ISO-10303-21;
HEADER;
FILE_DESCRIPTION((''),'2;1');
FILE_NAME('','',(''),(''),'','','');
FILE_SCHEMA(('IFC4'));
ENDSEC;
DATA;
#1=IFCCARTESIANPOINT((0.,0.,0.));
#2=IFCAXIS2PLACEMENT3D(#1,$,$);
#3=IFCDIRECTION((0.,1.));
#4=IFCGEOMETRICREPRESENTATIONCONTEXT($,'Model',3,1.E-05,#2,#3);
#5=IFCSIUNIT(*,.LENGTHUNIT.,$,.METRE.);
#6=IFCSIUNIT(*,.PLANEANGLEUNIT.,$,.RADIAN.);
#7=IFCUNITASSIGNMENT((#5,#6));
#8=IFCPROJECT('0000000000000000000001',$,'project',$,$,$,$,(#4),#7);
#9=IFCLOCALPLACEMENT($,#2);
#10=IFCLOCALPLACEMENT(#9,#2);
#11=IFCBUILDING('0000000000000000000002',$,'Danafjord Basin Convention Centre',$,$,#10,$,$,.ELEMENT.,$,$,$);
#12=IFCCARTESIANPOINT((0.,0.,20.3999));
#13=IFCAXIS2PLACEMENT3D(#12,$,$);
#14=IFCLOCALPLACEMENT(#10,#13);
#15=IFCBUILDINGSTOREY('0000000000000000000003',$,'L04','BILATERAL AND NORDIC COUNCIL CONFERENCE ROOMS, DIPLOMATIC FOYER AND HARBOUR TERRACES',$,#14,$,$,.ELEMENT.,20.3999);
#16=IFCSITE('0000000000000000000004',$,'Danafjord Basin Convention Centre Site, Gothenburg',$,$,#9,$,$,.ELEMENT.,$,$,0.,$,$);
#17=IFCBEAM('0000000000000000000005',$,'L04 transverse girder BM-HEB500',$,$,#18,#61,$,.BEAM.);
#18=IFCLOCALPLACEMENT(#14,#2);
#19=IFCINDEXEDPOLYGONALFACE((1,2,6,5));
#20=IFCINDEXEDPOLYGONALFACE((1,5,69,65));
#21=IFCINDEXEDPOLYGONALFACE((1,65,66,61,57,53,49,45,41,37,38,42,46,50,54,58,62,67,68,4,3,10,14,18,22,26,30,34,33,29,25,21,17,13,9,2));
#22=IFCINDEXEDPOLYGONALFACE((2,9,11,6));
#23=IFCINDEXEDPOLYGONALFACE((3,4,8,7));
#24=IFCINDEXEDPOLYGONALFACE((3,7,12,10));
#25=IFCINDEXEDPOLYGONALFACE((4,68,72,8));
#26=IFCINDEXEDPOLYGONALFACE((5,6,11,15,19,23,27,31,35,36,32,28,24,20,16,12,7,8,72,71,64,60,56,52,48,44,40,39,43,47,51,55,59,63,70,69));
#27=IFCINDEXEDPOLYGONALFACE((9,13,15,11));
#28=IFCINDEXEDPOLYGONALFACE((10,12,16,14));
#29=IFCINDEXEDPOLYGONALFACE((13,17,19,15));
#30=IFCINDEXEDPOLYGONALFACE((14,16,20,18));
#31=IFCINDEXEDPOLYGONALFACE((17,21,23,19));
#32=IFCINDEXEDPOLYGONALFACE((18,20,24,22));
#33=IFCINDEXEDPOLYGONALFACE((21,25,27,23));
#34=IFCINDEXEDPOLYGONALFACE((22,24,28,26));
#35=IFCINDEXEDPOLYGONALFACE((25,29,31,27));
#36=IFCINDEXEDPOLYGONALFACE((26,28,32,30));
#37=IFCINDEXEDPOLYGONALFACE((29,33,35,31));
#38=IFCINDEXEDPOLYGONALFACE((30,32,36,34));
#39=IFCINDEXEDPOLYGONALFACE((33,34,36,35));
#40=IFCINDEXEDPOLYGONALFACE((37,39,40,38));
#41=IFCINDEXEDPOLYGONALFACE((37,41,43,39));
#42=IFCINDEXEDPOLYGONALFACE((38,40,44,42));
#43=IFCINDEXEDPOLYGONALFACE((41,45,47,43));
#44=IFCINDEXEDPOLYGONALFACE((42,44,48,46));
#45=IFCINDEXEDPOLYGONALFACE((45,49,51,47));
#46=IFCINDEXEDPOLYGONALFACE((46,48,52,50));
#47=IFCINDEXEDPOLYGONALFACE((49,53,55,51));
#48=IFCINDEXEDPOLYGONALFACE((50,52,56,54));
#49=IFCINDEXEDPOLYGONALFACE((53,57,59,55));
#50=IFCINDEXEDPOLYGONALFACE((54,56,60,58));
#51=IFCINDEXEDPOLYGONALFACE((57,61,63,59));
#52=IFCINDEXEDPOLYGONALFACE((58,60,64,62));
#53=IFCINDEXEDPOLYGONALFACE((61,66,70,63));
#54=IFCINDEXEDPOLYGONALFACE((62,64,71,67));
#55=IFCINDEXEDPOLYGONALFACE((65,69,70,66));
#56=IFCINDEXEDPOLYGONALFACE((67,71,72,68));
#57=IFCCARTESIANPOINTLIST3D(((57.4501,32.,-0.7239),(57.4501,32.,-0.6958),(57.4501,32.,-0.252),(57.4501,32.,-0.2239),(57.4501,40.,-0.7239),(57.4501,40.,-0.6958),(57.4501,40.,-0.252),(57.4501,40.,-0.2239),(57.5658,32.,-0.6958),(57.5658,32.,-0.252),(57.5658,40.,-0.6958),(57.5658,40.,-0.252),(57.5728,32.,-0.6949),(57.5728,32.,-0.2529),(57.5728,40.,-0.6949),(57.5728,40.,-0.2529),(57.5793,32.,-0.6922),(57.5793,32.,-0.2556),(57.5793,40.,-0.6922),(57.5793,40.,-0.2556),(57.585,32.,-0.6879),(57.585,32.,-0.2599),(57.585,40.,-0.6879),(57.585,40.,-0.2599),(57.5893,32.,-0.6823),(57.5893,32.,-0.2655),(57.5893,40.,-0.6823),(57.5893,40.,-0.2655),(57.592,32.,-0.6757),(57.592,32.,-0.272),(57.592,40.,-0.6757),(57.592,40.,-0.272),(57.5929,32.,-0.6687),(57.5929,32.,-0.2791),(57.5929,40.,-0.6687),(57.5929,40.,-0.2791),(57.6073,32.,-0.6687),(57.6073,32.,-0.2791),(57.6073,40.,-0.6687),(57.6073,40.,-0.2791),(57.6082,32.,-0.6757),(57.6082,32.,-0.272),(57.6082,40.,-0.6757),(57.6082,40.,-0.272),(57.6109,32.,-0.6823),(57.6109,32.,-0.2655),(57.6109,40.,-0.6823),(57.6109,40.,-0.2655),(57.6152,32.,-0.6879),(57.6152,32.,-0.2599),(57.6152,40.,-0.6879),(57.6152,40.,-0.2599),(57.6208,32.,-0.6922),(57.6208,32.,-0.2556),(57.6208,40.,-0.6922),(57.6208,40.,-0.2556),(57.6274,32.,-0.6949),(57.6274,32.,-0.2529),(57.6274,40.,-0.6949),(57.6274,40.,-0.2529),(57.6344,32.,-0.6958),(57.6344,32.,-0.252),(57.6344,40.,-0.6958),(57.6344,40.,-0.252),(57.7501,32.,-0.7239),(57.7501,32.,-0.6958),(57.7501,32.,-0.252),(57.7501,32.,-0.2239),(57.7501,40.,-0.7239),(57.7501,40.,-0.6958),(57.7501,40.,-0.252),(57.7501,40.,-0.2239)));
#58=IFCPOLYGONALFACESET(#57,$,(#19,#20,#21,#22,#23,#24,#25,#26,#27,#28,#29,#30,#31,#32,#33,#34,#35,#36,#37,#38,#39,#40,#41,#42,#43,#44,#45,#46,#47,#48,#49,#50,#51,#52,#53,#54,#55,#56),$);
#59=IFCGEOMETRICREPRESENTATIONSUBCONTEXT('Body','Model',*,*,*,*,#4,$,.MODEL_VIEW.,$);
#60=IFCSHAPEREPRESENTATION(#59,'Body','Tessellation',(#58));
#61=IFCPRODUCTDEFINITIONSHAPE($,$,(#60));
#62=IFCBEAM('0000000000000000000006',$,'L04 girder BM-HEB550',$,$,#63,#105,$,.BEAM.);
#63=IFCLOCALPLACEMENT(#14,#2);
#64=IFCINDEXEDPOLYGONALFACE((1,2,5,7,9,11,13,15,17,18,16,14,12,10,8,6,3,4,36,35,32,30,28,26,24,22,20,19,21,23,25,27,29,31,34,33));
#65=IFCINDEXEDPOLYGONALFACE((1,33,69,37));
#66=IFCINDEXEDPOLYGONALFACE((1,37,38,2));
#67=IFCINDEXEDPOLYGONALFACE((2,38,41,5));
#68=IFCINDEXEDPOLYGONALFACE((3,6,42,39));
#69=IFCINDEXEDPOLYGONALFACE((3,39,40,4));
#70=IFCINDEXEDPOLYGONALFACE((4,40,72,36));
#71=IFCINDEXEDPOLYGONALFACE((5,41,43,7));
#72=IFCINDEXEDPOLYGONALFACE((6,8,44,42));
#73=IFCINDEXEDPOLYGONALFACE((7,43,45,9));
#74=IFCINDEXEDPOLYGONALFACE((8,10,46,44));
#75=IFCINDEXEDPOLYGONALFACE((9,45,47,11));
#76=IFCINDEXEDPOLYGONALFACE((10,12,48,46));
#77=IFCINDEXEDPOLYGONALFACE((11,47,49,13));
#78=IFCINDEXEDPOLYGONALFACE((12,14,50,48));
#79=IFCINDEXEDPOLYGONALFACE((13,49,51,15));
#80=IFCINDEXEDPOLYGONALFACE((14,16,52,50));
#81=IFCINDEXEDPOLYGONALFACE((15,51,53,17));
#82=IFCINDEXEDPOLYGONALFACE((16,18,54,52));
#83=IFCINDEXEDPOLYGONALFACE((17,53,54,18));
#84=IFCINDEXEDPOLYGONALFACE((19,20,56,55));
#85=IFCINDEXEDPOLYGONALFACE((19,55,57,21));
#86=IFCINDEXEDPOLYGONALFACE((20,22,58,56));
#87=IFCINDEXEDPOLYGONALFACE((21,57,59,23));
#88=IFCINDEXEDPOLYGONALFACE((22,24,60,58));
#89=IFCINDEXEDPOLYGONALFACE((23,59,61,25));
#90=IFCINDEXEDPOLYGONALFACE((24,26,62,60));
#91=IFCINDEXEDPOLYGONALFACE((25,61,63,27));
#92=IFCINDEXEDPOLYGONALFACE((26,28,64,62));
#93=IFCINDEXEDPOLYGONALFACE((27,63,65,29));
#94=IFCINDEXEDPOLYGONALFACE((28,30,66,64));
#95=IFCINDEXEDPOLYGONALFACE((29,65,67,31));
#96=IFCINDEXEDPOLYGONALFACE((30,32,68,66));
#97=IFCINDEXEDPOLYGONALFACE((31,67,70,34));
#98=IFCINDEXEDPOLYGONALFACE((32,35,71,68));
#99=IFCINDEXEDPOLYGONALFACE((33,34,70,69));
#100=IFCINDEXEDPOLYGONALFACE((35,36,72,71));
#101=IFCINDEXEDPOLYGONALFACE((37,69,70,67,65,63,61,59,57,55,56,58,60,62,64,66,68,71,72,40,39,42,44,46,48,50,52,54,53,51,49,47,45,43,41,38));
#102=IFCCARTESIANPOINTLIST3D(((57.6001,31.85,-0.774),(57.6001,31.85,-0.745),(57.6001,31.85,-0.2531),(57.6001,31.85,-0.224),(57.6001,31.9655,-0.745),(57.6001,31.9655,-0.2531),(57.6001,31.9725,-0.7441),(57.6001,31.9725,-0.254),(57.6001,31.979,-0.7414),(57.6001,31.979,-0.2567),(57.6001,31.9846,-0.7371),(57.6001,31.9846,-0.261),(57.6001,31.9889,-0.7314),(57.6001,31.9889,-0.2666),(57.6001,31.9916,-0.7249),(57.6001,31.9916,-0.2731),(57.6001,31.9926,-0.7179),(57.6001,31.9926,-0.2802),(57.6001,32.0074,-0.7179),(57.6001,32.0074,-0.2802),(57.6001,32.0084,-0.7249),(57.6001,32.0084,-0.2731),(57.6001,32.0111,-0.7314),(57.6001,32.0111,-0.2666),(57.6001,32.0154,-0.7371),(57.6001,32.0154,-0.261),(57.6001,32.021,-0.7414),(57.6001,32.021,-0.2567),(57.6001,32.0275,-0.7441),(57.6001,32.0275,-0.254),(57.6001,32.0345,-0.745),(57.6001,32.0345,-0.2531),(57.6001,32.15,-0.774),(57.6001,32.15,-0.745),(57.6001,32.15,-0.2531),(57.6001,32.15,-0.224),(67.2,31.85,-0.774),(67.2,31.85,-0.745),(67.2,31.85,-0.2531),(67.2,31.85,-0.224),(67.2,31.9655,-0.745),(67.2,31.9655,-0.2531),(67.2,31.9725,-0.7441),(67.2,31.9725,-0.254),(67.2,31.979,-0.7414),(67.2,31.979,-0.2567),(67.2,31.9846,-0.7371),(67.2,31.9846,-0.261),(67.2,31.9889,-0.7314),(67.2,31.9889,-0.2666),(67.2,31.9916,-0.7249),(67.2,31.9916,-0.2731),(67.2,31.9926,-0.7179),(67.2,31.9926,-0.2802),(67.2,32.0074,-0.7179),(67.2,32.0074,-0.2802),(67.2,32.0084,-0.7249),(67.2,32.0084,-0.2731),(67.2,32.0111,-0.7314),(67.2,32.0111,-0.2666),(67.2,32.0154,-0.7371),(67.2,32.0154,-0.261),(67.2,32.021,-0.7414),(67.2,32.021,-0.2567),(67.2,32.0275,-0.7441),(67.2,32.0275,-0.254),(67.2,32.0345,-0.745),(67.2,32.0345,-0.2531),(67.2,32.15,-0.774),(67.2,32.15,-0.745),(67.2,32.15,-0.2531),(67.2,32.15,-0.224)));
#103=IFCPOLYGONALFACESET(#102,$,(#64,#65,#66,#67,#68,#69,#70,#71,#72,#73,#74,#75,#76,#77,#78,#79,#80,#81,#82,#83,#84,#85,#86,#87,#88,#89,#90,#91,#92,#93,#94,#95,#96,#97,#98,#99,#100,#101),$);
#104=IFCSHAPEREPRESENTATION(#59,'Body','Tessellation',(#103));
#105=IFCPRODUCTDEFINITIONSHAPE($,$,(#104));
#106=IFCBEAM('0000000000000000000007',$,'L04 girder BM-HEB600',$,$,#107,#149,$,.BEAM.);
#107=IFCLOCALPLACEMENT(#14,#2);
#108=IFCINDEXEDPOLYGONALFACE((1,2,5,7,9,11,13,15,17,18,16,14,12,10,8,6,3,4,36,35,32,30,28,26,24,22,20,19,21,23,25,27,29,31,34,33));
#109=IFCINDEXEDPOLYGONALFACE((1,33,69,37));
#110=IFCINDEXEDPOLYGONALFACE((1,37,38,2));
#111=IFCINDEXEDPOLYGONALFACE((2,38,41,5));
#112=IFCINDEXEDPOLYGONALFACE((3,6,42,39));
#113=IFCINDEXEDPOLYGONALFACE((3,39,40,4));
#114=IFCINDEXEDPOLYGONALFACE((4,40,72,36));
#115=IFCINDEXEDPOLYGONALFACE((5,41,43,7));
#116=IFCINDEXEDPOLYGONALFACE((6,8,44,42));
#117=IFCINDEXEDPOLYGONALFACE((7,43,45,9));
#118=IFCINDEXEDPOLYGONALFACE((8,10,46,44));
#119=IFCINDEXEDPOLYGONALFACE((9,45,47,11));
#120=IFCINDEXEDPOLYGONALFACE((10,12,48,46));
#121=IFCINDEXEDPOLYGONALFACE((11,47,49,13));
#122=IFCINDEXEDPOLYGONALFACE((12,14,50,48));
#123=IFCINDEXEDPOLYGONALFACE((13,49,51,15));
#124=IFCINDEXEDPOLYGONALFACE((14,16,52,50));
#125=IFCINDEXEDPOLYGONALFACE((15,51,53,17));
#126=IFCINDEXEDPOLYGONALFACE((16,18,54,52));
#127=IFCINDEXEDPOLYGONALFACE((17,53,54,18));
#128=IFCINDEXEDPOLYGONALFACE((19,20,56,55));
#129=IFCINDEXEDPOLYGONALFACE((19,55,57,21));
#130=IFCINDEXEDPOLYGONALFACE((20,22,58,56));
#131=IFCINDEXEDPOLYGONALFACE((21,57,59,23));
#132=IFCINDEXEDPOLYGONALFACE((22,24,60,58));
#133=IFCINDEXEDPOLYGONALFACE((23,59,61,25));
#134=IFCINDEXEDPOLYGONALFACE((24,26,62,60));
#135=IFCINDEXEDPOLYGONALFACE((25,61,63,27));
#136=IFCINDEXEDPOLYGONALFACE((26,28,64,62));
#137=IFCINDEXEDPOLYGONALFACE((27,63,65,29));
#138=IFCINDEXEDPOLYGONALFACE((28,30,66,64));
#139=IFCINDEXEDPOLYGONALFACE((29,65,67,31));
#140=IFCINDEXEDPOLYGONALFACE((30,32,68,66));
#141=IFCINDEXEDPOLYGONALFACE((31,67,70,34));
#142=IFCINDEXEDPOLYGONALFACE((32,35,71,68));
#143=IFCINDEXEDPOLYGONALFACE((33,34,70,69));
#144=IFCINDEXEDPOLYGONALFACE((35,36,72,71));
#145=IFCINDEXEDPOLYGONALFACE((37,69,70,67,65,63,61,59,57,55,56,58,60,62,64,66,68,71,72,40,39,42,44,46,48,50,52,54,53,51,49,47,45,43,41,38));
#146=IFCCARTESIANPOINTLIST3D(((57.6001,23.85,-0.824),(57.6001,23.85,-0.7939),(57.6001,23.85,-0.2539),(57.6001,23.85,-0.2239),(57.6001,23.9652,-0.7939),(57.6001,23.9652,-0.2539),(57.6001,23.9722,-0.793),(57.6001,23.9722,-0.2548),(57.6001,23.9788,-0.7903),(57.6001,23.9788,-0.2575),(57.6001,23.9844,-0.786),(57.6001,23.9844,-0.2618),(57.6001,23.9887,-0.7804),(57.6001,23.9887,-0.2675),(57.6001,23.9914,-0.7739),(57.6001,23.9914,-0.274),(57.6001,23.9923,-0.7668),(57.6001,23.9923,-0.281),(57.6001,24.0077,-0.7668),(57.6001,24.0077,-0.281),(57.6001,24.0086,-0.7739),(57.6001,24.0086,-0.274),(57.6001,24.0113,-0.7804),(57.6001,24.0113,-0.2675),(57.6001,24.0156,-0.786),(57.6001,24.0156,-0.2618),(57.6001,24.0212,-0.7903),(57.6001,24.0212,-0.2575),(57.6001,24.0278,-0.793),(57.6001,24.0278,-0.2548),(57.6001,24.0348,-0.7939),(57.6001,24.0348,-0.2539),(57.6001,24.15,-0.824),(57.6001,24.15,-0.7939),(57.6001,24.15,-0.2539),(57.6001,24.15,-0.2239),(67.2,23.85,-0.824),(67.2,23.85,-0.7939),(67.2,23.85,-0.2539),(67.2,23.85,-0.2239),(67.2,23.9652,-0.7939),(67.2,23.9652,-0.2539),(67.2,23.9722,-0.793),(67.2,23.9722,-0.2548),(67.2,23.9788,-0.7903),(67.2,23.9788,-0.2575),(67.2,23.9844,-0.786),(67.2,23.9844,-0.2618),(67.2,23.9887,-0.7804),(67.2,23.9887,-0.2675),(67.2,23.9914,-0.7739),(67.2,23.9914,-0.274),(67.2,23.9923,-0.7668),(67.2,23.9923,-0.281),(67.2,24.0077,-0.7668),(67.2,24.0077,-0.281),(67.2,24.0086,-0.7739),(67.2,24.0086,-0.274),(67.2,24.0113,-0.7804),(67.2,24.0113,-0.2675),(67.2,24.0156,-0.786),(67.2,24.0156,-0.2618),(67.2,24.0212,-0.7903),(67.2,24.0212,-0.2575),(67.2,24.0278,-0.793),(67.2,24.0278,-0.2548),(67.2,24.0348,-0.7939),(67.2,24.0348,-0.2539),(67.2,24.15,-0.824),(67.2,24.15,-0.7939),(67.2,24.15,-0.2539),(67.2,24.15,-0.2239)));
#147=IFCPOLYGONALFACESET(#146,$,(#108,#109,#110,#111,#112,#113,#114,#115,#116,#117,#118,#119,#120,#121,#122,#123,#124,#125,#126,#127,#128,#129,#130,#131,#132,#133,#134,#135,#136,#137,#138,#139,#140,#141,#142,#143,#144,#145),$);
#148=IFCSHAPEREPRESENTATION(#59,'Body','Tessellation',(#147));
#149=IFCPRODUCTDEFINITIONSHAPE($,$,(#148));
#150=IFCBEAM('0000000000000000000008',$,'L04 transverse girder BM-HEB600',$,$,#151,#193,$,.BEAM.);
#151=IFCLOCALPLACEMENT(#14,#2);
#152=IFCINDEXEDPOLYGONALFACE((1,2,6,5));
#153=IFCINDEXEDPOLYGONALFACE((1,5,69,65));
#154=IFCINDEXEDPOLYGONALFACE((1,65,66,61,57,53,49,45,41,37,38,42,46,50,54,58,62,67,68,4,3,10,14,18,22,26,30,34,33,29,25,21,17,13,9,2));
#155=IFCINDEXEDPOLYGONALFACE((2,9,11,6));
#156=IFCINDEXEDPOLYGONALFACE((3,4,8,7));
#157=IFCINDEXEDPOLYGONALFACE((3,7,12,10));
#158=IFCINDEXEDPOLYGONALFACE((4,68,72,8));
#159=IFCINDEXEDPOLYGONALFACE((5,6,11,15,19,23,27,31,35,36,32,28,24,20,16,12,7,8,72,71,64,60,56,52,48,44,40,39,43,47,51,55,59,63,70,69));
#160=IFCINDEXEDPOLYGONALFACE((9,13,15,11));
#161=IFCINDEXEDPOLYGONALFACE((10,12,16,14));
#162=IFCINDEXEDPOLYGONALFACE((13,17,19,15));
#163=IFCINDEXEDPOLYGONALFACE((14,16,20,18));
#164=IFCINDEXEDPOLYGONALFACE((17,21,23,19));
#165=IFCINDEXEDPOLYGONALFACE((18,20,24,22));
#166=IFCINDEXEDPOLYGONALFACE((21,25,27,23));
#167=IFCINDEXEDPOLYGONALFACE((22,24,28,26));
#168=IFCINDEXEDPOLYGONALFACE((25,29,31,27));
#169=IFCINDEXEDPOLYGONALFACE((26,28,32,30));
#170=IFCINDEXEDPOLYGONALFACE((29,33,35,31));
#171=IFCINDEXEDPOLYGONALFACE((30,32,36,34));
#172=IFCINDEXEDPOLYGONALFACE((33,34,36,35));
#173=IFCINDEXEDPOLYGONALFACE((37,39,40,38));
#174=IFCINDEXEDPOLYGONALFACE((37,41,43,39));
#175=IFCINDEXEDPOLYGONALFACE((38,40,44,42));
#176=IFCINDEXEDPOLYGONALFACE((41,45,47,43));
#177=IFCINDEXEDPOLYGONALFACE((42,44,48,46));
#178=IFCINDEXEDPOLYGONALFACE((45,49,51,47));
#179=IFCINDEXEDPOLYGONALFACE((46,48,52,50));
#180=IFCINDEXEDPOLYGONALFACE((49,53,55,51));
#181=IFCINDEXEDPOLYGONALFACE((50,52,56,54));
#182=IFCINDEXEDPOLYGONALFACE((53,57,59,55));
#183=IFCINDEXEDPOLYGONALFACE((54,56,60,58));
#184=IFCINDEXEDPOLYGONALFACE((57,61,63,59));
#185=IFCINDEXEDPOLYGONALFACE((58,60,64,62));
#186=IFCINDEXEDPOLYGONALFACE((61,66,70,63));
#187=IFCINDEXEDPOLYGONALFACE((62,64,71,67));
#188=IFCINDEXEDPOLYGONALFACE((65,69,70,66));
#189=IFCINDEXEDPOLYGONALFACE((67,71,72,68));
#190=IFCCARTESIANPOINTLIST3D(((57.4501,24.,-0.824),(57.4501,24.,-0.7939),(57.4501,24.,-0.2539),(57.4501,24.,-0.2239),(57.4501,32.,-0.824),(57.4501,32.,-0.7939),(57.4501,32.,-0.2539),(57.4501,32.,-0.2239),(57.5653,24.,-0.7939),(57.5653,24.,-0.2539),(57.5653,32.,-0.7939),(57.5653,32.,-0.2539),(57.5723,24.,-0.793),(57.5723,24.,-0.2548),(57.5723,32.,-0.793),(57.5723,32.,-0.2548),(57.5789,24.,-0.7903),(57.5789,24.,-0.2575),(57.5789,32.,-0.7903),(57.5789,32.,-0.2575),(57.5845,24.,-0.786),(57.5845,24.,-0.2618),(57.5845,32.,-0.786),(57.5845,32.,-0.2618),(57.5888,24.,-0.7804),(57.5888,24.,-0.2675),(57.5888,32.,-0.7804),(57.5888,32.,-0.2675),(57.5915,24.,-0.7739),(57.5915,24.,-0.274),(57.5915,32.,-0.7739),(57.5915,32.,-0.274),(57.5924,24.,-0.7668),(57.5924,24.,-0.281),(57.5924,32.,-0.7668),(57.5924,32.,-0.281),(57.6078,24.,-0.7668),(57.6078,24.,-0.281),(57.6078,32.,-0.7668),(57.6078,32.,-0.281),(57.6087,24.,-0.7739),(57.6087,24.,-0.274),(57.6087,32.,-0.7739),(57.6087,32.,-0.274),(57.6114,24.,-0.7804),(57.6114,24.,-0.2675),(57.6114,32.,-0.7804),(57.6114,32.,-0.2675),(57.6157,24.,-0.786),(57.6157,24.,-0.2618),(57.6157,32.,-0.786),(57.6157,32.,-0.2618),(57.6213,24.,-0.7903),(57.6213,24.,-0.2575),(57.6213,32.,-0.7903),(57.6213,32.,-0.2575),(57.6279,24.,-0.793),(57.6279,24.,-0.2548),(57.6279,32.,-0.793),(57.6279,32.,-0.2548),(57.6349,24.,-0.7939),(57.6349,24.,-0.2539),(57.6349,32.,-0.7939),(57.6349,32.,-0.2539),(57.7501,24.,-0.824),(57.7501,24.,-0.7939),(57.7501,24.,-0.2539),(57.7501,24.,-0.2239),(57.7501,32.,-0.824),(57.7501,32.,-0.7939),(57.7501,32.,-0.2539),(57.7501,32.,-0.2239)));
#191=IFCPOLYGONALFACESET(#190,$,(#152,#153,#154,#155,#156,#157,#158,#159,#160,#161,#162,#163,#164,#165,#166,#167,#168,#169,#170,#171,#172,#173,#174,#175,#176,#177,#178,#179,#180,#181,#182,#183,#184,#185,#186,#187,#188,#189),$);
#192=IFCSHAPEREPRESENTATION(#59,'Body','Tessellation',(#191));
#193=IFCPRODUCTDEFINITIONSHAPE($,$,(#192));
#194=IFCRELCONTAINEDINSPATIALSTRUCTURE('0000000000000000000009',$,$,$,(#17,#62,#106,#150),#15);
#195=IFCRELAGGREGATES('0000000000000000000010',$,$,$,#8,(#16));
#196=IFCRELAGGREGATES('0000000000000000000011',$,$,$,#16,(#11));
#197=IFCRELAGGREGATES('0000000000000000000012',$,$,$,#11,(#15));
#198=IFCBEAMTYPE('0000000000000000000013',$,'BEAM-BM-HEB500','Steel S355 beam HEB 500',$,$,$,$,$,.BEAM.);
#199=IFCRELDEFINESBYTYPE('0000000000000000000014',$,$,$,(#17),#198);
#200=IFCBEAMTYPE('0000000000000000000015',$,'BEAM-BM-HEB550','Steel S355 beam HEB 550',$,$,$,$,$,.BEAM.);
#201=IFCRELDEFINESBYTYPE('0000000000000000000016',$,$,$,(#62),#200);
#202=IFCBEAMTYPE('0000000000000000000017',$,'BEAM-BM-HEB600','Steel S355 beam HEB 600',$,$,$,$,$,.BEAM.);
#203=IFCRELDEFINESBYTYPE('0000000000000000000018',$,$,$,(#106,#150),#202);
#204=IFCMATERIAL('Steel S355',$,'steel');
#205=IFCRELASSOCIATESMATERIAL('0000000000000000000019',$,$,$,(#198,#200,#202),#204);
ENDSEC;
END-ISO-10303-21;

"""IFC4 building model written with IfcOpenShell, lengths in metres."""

from ifc_helpers import new_model, si_unit, direction, frame, origin, origin_2d, place, context, subcontext, project, spatial, i_section, extrude, material, material_profile, profile_set, type_object, element, save


model = new_model("IFC4")

# Units and contexts
model_context = context("Model", 3, precision=1e-05, world=origin(), true_north=direction((0.0, 1.0)))
body_context = subcontext(model_context, "Body", "Model", "MODEL_VIEW")
ifc_project = project(units=[si_unit("LENGTHUNIT", "METRE"), si_unit("PLANEANGLEUNIT", "RADIAN")], contexts=[model_context])

# Site, building, storey
site_placement = place(None, origin())
site = spatial("IfcSite", under=ifc_project, at=site_placement, Name="Danafjord Basin Convention Centre Site, Gothenburg", CompositionType="ELEMENT", RefElevation=0.0)
building_placement = place(site_placement, origin())
building = spatial("IfcBuilding", under=site, at=building_placement, Name="Danafjord Basin Convention Centre", CompositionType="ELEMENT")
storey_placement = place(building_placement, frame((0.0, 0.0, 20.3999)))
storey = spatial("IfcBuildingStorey", under=building, at=storey_placement, Name="L04", Description="BILATERAL AND NORDIC COUNCIL CONFERENCE ROOMS, DIPLOMATIC FOYER AND HARBOUR TERRACES", CompositionType="ELEMENT", Elevation=20.3999)

# Shared definitions
ifc_material_1 = material(Name="Steel S355", Category="steel")

# Beams
ifc_material_profile_1 = material_profile(ifc_material_1, i_section(OverallWidth=0.3, OverallDepth=0.5, WebThickness=0.0144, FlangeThickness=0.0281, FilletRadius=0.0271, at=origin_2d()), Name="HEB 500")
ifc_profile_set_1 = profile_set([ifc_material_profile_1], Name="Steel S355")
beam_type_1 = type_object("IfcBeamType", Name="BEAM-BM-HEB500", Description="Steel S355 beam HEB 500", PredefinedType="BEAM", material=ifc_profile_set_1)
beam_1_placement = place(storey_placement, frame((57.6001, 32.0, -0.4739), z_axis=(0.0, 1.0, 0.0), x_axis=(-1.0, 0.0, 0.0)))
element("IfcBeam", 1, at=beam_1_placement, inside=storey, type_object=beam_type_1, Name="L04 transverse girder BM-HEB500", PredefinedType="BEAM", context=body_context, shape_type="SweptSolid", body=[
    extrude(i_section(OverallWidth=0.3, OverallDepth=0.5, WebThickness=0.0144, FlangeThickness=0.0281, FilletRadius=0.0271, at=origin_2d()), origin(), (0.0, 0.0, 1.0), 8.0),
])
ifc_material_profile_2 = material_profile(ifc_material_1, i_section(OverallWidth=0.3, OverallDepth=0.55, WebThickness=0.0149, FlangeThickness=0.0291, FilletRadius=0.0271, at=origin_2d()), Name="HEB 550")
ifc_profile_set_2 = profile_set([ifc_material_profile_2], Name="Steel S355")
beam_type_2 = type_object("IfcBeamType", Name="BEAM-BM-HEB550", Description="Steel S355 beam HEB 550", PredefinedType="BEAM", material=ifc_profile_set_2)
beam_2_placement = place(storey_placement, frame((57.6001, 32.0, -0.499), z_axis=(1.0, 0.0, 0.0), x_axis=(0.0, 1.0, 0.0)))
element("IfcBeam", 2, at=beam_2_placement, inside=storey, type_object=beam_type_2, Name="L04 girder BM-HEB550", PredefinedType="BEAM", context=body_context, shape_type="SweptSolid", body=[
    extrude(i_section(OverallWidth=0.3, OverallDepth=0.55, WebThickness=0.0149, FlangeThickness=0.0291, FilletRadius=0.0271, at=origin_2d()), origin(), (0.0, 0.0, 1.0), 9.5999),
])
ifc_material_profile_3 = material_profile(ifc_material_1, i_section(OverallWidth=0.3, OverallDepth=0.6001, WebThickness=0.0154, FlangeThickness=0.03, FilletRadius=0.0271, at=origin_2d()), Name="HEB 600")
ifc_profile_set_3 = profile_set([ifc_material_profile_3], Name="Steel S355")
beam_type_3 = type_object("IfcBeamType", Name="BEAM-BM-HEB600", Description="Steel S355 beam HEB 600", PredefinedType="BEAM", material=ifc_profile_set_3)
beam_3_placement = place(storey_placement, frame((57.6001, 24.0, -0.5239), z_axis=(1.0, 0.0, 0.0), x_axis=(0.0, 1.0, 0.0)))
element("IfcBeam", 3, at=beam_3_placement, inside=storey, type_object=beam_type_3, Name="L04 girder BM-HEB600", PredefinedType="BEAM", context=body_context, shape_type="SweptSolid", body=[
    extrude(i_section(OverallWidth=0.3, OverallDepth=0.6001, WebThickness=0.0154, FlangeThickness=0.03, FilletRadius=0.0271, at=origin_2d()), origin(), (0.0, 0.0, 1.0), 9.5999),
])
beam_4_placement = place(storey_placement, frame((57.6001, 24.0, -0.5239), z_axis=(0.0, 1.0, 0.0), x_axis=(-1.0, 0.0, 0.0)))
element("IfcBeam", 4, at=beam_4_placement, inside=storey, type_object=beam_type_3, Name="L04 transverse girder BM-HEB600", PredefinedType="BEAM", context=body_context, shape_type="SweptSolid", body=[
    extrude(i_section(OverallWidth=0.3, OverallDepth=0.6001, WebThickness=0.0154, FlangeThickness=0.03, FilletRadius=0.0271, at=origin_2d()), origin(), (0.0, 0.0, 1.0), 8.0),
])

save(model, "model.ifc")
